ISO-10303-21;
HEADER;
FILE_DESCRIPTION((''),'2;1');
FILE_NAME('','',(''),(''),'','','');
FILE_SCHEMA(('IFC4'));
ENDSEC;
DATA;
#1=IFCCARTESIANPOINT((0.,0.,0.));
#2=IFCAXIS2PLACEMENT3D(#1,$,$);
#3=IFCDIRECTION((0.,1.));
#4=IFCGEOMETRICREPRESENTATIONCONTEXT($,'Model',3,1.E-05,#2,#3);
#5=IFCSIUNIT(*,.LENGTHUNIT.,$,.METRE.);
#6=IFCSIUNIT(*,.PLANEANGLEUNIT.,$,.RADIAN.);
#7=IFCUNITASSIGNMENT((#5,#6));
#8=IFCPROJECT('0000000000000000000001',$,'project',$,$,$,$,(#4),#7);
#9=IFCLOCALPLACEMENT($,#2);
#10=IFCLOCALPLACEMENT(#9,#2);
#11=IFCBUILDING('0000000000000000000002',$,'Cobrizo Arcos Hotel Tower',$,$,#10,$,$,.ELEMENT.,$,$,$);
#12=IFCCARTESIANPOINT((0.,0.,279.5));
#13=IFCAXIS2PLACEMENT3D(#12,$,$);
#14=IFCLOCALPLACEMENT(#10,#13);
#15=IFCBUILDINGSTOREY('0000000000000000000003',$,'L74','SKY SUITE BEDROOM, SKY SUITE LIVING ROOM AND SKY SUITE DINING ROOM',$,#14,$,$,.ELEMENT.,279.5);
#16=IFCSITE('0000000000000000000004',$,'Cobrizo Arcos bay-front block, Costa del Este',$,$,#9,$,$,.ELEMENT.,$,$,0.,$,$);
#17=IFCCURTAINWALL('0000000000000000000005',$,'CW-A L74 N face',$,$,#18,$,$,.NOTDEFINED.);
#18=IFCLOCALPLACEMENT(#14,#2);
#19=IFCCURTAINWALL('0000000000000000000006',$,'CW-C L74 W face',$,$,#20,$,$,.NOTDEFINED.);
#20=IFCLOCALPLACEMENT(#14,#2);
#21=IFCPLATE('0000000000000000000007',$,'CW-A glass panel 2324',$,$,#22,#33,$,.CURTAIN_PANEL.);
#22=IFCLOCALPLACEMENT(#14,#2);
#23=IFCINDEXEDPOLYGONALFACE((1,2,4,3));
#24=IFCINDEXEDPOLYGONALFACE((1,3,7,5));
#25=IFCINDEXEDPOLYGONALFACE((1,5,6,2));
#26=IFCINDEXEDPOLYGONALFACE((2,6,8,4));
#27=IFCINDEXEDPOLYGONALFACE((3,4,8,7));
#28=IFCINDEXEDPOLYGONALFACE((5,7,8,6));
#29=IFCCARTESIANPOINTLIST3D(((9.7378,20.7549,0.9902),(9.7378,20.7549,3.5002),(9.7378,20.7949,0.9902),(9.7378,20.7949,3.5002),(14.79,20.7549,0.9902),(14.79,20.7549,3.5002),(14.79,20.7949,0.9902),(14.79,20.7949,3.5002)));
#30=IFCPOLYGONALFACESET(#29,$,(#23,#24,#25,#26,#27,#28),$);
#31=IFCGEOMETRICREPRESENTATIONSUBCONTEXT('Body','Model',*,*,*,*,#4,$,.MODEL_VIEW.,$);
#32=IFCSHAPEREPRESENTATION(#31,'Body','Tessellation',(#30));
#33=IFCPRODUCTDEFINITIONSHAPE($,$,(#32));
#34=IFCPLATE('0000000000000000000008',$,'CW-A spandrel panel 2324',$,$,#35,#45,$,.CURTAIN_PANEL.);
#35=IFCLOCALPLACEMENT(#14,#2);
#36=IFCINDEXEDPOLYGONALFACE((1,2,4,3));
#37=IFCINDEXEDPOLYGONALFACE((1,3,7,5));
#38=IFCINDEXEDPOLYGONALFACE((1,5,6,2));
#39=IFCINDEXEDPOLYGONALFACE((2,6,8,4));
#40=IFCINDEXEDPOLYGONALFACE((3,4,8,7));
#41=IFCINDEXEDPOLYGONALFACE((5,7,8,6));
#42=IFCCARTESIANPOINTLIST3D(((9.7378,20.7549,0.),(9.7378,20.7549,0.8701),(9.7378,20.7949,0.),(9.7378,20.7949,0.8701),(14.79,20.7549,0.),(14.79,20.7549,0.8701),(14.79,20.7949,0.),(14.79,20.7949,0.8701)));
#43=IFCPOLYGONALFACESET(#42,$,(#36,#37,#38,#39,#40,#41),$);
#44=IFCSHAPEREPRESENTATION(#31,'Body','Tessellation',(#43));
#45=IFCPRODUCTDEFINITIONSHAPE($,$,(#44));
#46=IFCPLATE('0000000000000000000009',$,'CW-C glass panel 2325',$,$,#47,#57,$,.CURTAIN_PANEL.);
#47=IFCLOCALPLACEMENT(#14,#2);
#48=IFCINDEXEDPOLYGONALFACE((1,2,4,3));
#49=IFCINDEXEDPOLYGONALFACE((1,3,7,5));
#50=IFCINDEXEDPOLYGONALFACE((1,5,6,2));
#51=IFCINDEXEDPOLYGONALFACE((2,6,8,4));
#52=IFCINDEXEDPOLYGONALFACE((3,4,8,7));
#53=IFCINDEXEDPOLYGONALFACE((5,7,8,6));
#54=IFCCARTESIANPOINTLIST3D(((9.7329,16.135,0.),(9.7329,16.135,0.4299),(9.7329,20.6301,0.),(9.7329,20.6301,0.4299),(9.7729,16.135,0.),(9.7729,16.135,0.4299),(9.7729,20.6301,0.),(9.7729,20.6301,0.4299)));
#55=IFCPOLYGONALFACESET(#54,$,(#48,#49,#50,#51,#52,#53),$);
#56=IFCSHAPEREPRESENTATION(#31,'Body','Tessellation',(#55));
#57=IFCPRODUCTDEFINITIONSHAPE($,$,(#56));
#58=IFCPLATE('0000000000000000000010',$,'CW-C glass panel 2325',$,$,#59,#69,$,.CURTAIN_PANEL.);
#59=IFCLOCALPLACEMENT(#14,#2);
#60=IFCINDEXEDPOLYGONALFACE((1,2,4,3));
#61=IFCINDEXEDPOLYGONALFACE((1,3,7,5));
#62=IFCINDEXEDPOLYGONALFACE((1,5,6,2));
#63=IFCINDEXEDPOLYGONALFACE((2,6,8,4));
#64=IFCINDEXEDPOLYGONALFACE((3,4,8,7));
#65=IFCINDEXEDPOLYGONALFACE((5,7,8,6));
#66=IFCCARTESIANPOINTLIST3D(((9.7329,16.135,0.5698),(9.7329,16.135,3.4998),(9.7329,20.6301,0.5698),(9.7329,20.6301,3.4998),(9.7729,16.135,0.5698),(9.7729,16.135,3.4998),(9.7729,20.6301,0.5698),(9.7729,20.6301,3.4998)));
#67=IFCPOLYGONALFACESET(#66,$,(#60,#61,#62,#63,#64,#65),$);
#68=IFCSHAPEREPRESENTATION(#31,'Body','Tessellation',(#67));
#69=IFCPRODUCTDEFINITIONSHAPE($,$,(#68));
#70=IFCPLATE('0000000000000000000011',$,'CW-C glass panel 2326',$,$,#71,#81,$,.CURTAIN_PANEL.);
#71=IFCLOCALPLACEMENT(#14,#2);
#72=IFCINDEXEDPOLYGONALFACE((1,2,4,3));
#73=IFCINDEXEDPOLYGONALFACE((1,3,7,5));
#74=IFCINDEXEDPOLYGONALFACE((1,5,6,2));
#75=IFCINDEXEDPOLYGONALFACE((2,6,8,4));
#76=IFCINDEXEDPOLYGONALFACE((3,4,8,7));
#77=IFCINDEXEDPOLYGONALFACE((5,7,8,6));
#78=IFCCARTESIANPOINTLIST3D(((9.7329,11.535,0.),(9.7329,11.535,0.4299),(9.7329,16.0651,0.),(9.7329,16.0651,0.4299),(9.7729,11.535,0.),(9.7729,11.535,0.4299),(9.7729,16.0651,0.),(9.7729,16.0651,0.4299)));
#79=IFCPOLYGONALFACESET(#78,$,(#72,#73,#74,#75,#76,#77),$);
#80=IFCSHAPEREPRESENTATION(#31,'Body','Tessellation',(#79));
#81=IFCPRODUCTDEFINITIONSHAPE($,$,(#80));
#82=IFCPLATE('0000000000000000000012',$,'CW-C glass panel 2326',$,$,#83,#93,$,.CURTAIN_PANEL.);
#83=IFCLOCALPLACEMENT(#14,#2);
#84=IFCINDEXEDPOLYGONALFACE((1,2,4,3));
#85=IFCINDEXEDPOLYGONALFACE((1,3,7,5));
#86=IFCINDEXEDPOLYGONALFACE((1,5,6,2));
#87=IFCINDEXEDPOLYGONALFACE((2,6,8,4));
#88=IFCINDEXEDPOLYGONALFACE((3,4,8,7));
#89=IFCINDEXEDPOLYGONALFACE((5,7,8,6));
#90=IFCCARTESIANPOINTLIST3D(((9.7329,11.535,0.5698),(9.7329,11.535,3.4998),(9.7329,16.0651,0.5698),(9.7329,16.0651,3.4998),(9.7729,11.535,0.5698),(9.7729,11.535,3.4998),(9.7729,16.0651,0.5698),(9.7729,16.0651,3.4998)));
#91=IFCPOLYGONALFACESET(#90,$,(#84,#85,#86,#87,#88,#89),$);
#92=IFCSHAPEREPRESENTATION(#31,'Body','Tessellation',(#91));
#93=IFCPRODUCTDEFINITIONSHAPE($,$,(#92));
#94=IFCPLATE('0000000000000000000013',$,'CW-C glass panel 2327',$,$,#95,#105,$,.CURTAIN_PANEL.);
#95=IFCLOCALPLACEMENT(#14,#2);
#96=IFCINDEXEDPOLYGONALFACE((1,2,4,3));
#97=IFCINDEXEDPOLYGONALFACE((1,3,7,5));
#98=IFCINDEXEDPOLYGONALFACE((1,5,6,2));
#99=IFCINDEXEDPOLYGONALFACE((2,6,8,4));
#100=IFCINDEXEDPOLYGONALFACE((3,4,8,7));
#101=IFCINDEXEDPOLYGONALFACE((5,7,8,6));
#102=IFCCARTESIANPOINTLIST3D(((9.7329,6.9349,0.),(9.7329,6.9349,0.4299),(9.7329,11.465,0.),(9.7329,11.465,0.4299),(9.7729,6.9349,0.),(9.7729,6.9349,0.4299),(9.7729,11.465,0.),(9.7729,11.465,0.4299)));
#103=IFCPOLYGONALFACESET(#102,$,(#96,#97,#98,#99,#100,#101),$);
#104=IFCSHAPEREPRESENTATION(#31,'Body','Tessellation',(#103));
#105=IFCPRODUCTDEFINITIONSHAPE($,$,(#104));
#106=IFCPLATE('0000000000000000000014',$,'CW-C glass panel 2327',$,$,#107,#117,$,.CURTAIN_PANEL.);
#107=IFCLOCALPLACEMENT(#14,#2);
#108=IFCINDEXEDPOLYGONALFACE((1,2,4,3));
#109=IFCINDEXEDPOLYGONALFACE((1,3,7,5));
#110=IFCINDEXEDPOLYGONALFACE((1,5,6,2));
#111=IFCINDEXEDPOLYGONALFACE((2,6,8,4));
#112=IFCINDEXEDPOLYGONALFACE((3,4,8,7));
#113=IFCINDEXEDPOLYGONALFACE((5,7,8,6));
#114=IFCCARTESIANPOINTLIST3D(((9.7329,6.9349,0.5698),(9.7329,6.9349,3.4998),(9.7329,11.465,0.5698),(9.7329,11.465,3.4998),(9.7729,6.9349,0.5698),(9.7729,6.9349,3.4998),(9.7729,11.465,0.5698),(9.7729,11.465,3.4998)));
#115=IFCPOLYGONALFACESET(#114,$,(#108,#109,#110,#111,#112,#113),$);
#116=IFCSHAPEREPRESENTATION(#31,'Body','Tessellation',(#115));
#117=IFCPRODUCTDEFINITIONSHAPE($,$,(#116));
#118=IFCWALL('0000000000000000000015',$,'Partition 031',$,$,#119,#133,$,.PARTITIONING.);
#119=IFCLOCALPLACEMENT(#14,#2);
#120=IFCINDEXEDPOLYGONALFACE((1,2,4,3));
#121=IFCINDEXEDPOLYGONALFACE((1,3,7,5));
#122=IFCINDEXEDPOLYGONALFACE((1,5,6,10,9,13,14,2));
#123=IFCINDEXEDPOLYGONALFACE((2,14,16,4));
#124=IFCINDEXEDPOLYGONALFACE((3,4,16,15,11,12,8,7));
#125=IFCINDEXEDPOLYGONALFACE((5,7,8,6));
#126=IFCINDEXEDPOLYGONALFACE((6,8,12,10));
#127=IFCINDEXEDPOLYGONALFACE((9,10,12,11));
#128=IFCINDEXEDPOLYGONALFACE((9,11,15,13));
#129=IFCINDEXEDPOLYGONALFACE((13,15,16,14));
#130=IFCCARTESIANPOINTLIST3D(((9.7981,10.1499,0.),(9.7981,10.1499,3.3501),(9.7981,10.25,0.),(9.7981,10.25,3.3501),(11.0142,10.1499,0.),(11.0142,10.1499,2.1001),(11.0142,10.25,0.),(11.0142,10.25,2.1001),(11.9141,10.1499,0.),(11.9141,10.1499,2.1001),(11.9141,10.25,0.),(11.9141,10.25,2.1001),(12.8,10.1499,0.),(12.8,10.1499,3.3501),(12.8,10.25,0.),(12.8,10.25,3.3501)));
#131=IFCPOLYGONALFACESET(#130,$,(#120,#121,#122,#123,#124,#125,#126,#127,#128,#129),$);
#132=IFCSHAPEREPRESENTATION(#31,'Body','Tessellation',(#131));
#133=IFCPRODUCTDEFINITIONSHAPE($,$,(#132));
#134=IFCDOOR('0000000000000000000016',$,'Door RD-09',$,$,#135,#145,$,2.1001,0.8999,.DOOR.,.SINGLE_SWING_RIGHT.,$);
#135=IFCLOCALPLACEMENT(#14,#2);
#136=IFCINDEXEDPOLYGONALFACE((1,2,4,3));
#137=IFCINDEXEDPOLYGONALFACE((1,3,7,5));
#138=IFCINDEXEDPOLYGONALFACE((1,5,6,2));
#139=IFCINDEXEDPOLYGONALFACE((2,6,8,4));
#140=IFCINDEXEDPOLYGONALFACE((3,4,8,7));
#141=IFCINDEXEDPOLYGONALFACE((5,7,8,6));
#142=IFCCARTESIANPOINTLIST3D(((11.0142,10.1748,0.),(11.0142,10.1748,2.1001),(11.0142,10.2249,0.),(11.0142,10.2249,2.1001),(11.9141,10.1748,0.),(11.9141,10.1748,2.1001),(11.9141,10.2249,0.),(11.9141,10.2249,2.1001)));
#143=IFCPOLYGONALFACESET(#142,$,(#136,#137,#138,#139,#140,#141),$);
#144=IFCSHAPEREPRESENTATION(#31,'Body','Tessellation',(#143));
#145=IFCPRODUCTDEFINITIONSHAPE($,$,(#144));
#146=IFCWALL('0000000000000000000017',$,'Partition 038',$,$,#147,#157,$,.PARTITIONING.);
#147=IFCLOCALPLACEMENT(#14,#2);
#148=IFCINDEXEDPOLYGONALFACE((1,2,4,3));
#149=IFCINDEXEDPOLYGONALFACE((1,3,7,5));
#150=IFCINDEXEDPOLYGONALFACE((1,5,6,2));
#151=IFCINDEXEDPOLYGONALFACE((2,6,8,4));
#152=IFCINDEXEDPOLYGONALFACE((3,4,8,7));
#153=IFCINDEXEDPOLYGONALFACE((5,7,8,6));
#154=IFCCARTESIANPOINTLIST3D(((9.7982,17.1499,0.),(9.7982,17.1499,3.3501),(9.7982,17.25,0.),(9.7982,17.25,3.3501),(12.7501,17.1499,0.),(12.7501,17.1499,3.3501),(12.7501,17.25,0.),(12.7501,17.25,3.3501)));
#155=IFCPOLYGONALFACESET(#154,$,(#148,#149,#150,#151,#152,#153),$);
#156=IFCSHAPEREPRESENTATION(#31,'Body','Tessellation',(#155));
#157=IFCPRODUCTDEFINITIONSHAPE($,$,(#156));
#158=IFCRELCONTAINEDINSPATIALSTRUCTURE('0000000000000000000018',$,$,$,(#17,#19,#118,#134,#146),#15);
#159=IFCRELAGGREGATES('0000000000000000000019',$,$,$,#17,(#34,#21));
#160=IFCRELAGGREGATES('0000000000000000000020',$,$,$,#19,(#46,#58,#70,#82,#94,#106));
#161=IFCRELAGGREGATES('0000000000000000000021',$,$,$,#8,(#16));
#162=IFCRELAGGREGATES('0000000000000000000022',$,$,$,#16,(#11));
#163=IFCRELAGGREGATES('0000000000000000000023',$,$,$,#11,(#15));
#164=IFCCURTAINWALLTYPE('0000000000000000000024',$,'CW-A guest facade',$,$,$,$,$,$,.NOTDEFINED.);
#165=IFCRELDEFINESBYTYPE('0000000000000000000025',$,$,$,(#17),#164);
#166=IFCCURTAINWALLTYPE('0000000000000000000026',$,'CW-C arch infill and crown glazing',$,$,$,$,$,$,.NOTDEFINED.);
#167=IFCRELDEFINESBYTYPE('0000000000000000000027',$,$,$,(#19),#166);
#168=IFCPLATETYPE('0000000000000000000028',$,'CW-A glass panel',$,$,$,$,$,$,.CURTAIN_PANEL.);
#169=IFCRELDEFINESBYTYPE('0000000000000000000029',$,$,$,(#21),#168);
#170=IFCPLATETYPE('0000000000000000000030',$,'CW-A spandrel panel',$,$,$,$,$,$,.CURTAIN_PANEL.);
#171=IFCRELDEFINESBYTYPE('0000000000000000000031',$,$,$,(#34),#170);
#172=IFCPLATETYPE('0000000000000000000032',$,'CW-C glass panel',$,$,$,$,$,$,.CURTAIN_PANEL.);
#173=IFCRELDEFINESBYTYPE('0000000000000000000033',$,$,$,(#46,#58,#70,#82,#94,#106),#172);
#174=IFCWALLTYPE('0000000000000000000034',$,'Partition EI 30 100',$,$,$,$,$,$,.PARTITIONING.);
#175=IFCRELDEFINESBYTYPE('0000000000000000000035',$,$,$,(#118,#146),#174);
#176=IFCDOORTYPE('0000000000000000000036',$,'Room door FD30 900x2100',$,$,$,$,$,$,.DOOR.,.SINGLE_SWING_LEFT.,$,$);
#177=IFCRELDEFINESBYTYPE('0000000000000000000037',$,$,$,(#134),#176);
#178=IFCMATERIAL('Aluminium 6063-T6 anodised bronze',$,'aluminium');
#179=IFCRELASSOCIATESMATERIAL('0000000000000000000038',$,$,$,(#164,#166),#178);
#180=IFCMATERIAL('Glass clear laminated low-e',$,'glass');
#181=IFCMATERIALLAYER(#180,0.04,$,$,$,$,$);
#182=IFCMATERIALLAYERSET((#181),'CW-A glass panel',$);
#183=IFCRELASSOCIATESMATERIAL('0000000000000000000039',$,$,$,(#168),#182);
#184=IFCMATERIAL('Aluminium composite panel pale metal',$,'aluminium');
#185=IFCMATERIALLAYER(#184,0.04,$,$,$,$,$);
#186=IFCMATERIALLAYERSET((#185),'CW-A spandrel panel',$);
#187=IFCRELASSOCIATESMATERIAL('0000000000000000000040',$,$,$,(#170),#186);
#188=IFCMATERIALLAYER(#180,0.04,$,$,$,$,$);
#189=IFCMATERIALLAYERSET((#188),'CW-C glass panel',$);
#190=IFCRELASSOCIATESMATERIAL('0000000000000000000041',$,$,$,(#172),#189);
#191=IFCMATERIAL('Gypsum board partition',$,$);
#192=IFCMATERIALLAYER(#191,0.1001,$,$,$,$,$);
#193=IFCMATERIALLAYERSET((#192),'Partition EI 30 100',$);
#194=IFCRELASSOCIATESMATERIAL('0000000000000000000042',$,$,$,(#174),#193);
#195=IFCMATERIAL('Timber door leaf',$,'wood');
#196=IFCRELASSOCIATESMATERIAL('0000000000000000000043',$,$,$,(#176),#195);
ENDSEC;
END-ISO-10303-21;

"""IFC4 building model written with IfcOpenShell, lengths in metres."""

from ifc_helpers import new_model, si_unit, direction, frame, frame_2d, origin, origin_2d, place, context, subcontext, project, spatial, rectangle, extrude, material, layer, layer_set, type_object, element, fill, aggregate, save


model = new_model("IFC4")

# Units and contexts
model_context = context("Model", 3, precision=1e-05, world=origin(), true_north=direction((0.0, 1.0)))
body_context = subcontext(model_context, "Body", "Model", "MODEL_VIEW")
ifc_project = project(units=[si_unit("LENGTHUNIT", "METRE"), si_unit("PLANEANGLEUNIT", "RADIAN")], contexts=[model_context])

# Site, building, storey
site_placement = place(None, origin())
site = spatial("IfcSite", under=ifc_project, at=site_placement, Name="Cobrizo Arcos bay-front block, Costa del Este", CompositionType="ELEMENT", RefElevation=0.0)
building_placement = place(site_placement, origin())
building = spatial("IfcBuilding", under=site, at=building_placement, Name="Cobrizo Arcos Hotel Tower", CompositionType="ELEMENT")
storey_placement = place(building_placement, frame((0.0, 0.0, 279.5)))
storey = spatial("IfcBuildingStorey", under=building, at=storey_placement, Name="L74", Description="SKY SUITE BEDROOM, SKY SUITE LIVING ROOM AND SKY SUITE DINING ROOM", CompositionType="ELEMENT", Elevation=279.5)

# Curtain wall
ifc_material_1 = material(Name="Aluminium 6063-T6 anodised bronze", Category="aluminium")
curtain_wall_type_1 = type_object("IfcCurtainWallType", Name="CW-A guest facade", PredefinedType="NOTDEFINED", material=ifc_material_1)
curtain_wall_1_placement = place(storey_placement, origin())
curtain_wall_1 = element("IfcCurtainWall", 1, at=curtain_wall_1_placement, inside=storey, type_object=curtain_wall_type_1, Name="CW-A L74 N face", PredefinedType="NOTDEFINED")

# Curtain wall
curtain_wall_type_2 = type_object("IfcCurtainWallType", Name="CW-C arch infill and crown glazing", PredefinedType="NOTDEFINED", material=ifc_material_1)
curtain_wall_2_placement = place(storey_placement, origin())
curtain_wall_2 = element("IfcCurtainWall", 2, at=curtain_wall_2_placement, inside=storey, type_object=curtain_wall_type_2, Name="CW-C L74 W face", PredefinedType="NOTDEFINED")

# Plates
ifc_material_2 = material(Name="Glass clear laminated low-e", Category="glass")
ifc_layer_1 = layer(ifc_material_2, 0.04)
ifc_layer_set_1 = layer_set([ifc_layer_1], Name="CW-A glass panel")
plate_type_1 = type_object("IfcPlateType", Name="CW-A glass panel", PredefinedType="CURTAIN_PANEL", material=ifc_layer_set_1)
plate_1_placement = place(storey_placement, frame((12.2639, 20.7749, 0.9902), z_axis=(0.0, 0.0, 1.0), x_axis=(-1.0, 0.0, 0.0)))
plate_1 = element("IfcPlate", 3, at=plate_1_placement, type_object=plate_type_1, Name="CW-A glass panel 2324", PredefinedType="CURTAIN_PANEL", context=body_context, shape_type="SweptSolid", body=[
    extrude(rectangle(XDim=5.0522, YDim=0.04, at=origin_2d()), origin(), (0.0, 0.0, 1.0), 2.51),
])
ifc_material_3 = material(Name="Aluminium composite panel pale metal", Category="aluminium")
ifc_layer_2 = layer(ifc_material_3, 0.04)
ifc_layer_set_2 = layer_set([ifc_layer_2], Name="CW-A spandrel panel")
plate_type_2 = type_object("IfcPlateType", Name="CW-A spandrel panel", PredefinedType="CURTAIN_PANEL", material=ifc_layer_set_2)
plate_2_placement = place(storey_placement, frame((12.2639, 20.7749, 0.0), z_axis=(0.0, 0.0, 1.0), x_axis=(-1.0, 0.0, 0.0)))
plate_2 = element("IfcPlate", 4, at=plate_2_placement, type_object=plate_type_2, Name="CW-A spandrel panel 2324", PredefinedType="CURTAIN_PANEL", context=body_context, shape_type="SweptSolid", body=[
    extrude(rectangle(XDim=5.0522, YDim=0.04, at=origin_2d()), origin(), (0.0, 0.0, 1.0), 0.8701),
])
aggregate(curtain_wall_1, [plate_2, plate_1])
ifc_layer_3 = layer(ifc_material_2, 0.04)
ifc_layer_set_3 = layer_set([ifc_layer_3], Name="CW-C glass panel")
plate_type_3 = type_object("IfcPlateType", Name="CW-C glass panel", PredefinedType="CURTAIN_PANEL", material=ifc_layer_set_3)
plate_3_placement = place(storey_placement, frame((9.7529, 18.3826, 0.0), z_axis=(0.0, 0.0, 1.0), x_axis=(0.0, -1.0, 0.0)))
plate_3 = element("IfcPlate", 5, at=plate_3_placement, type_object=plate_type_3, Name="CW-C glass panel 2325", PredefinedType="CURTAIN_PANEL", context=body_context, shape_type="SweptSolid", body=[
    extrude(rectangle(XDim=4.4951, YDim=0.04, at=origin_2d()), origin(), (0.0, 0.0, 1.0), 0.4299),
])
plate_4_placement = place(storey_placement, frame((9.7529, 18.3826, 0.5698), z_axis=(0.0, 0.0, 1.0), x_axis=(0.0, -1.0, 0.0)))
plate_4 = element("IfcPlate", 6, at=plate_4_placement, type_object=plate_type_3, Name="CW-C glass panel 2325", PredefinedType="CURTAIN_PANEL", context=body_context, shape_type="SweptSolid", body=[
    extrude(rectangle(XDim=4.4951, YDim=0.04, at=origin_2d()), origin(), (0.0, 0.0, 1.0), 2.9299),
])
plate_5_placement = place(storey_placement, frame((9.7529, 13.8, 0.0), z_axis=(0.0, 0.0, 1.0), x_axis=(0.0, -1.0, 0.0)))
plate_5 = element("IfcPlate", 7, at=plate_5_placement, type_object=plate_type_3, Name="CW-C glass panel 2326", PredefinedType="CURTAIN_PANEL", context=body_context, shape_type="SweptSolid", body=[
    extrude(rectangle(XDim=4.53, YDim=0.04, at=origin_2d()), origin(), (0.0, 0.0, 1.0), 0.4299),
])
plate_6_placement = place(storey_placement, frame((9.7529, 13.8, 0.5698), z_axis=(0.0, 0.0, 1.0), x_axis=(0.0, -1.0, 0.0)))
plate_6 = element("IfcPlate", 8, at=plate_6_placement, type_object=plate_type_3, Name="CW-C glass panel 2326", PredefinedType="CURTAIN_PANEL", context=body_context, shape_type="SweptSolid", body=[
    extrude(rectangle(XDim=4.53, YDim=0.04, at=origin_2d()), origin(), (0.0, 0.0, 1.0), 2.9299),
])
plate_7_placement = place(storey_placement, frame((9.7529, 9.2, 0.0), z_axis=(0.0, 0.0, 1.0), x_axis=(0.0, -1.0, 0.0)))
plate_7 = element("IfcPlate", 9, at=plate_7_placement, type_object=plate_type_3, Name="CW-C glass panel 2327", PredefinedType="CURTAIN_PANEL", context=body_context, shape_type="SweptSolid", body=[
    extrude(rectangle(XDim=4.53, YDim=0.04, at=origin_2d()), origin(), (0.0, 0.0, 1.0), 0.4299),
])
plate_8_placement = place(storey_placement, frame((9.7529, 9.2, 0.5698), z_axis=(0.0, 0.0, 1.0), x_axis=(0.0, -1.0, 0.0)))
plate_8 = element("IfcPlate", 10, at=plate_8_placement, type_object=plate_type_3, Name="CW-C glass panel 2327", PredefinedType="CURTAIN_PANEL", context=body_context, shape_type="SweptSolid", body=[
    extrude(rectangle(XDim=4.53, YDim=0.04, at=origin_2d()), origin(), (0.0, 0.0, 1.0), 2.9299),
])
aggregate(curtain_wall_2, [plate_3, plate_4, plate_5, plate_6, plate_7, plate_8])

# Wall, opening, door
ifc_material_4 = material(Name="Gypsum board partition")
ifc_layer_4 = layer(ifc_material_4, 0.1001)
ifc_layer_set_4 = layer_set([ifc_layer_4], Name="Partition EI 30 100")
wall_type = type_object("IfcWallType", Name="Partition EI 30 100", PredefinedType="PARTITIONING", material=ifc_layer_set_4)
wall_1_placement = place(storey_placement, frame((9.7981, 10.2, 0.0), z_axis=(0.0, 0.0, 1.0), x_axis=(1.0, 0.0, 0.0)))
wall_1 = element("IfcWall", 11, at=wall_1_placement, inside=storey, type_object=wall_type, Name="Partition 031", PredefinedType="PARTITIONING", context=body_context, shape_type="SweptSolid", body=[
    extrude(rectangle(XDim=3.002, YDim=0.1001, at=frame_2d((1.501, 0.0))), origin(), (0.0, 0.0, 1.0), 3.3501),
])
opening_placement = place(wall_1_placement, frame((1.2161, 0.0, 0.0)))
opening = element("IfcOpeningElement", 12, at=opening_placement, cuts=wall_1, PredefinedType="OPENING", context=body_context, shape_type="SweptSolid", body=[
    extrude(rectangle(XDim=0.8999, YDim=2.1001, at=frame_2d((0.45, 1.05))), frame((0.0, 0.062, 0.0), z_axis=(0.0, -1.0, 0.0), x_axis=(1.0, 0.0, 0.0)), (0.0, 0.0, 1.0), 0.124),
])
ifc_material_5 = material(Name="Timber door leaf", Category="wood")
door_type = type_object("IfcDoorType", Name="Room door FD30 900x2100", OperationType="SINGLE_SWING_LEFT", PredefinedType="DOOR", material=ifc_material_5)
door_placement = place(opening_placement, origin())
door = element("IfcDoor", 13, at=door_placement, inside=storey, type_object=door_type, Name="Door RD-09", OperationType="SINGLE_SWING_RIGHT", OverallHeight=2.1001, OverallWidth=0.8999, PredefinedType="DOOR", context=body_context, shape_type="SweptSolid", body=[
    extrude(rectangle(XDim=0.8999, YDim=2.1001, at=frame_2d((0.45, 1.05))), frame((0.0, 0.0249, 0.0), z_axis=(0.0, -1.0, 0.0), x_axis=(1.0, 0.0, 0.0)), (0.0, 0.0, 1.0), 0.05),
])
fill(opening, door)

# Wall
wall_2_placement = place(storey_placement, frame((9.7981, 17.2, 0.0), z_axis=(0.0, 0.0, 1.0), x_axis=(1.0, 0.0, 0.0)))
element("IfcWall", 14, at=wall_2_placement, inside=storey, type_object=wall_type, Name="Partition 038", PredefinedType="PARTITIONING", context=body_context, shape_type="SweptSolid", body=[
    extrude(rectangle(XDim=2.9519, YDim=0.1001, at=frame_2d((1.4761, 0.0))), origin(), (0.0, 0.0, 1.0), 3.3501),
])

save(model, "model.ifc")
